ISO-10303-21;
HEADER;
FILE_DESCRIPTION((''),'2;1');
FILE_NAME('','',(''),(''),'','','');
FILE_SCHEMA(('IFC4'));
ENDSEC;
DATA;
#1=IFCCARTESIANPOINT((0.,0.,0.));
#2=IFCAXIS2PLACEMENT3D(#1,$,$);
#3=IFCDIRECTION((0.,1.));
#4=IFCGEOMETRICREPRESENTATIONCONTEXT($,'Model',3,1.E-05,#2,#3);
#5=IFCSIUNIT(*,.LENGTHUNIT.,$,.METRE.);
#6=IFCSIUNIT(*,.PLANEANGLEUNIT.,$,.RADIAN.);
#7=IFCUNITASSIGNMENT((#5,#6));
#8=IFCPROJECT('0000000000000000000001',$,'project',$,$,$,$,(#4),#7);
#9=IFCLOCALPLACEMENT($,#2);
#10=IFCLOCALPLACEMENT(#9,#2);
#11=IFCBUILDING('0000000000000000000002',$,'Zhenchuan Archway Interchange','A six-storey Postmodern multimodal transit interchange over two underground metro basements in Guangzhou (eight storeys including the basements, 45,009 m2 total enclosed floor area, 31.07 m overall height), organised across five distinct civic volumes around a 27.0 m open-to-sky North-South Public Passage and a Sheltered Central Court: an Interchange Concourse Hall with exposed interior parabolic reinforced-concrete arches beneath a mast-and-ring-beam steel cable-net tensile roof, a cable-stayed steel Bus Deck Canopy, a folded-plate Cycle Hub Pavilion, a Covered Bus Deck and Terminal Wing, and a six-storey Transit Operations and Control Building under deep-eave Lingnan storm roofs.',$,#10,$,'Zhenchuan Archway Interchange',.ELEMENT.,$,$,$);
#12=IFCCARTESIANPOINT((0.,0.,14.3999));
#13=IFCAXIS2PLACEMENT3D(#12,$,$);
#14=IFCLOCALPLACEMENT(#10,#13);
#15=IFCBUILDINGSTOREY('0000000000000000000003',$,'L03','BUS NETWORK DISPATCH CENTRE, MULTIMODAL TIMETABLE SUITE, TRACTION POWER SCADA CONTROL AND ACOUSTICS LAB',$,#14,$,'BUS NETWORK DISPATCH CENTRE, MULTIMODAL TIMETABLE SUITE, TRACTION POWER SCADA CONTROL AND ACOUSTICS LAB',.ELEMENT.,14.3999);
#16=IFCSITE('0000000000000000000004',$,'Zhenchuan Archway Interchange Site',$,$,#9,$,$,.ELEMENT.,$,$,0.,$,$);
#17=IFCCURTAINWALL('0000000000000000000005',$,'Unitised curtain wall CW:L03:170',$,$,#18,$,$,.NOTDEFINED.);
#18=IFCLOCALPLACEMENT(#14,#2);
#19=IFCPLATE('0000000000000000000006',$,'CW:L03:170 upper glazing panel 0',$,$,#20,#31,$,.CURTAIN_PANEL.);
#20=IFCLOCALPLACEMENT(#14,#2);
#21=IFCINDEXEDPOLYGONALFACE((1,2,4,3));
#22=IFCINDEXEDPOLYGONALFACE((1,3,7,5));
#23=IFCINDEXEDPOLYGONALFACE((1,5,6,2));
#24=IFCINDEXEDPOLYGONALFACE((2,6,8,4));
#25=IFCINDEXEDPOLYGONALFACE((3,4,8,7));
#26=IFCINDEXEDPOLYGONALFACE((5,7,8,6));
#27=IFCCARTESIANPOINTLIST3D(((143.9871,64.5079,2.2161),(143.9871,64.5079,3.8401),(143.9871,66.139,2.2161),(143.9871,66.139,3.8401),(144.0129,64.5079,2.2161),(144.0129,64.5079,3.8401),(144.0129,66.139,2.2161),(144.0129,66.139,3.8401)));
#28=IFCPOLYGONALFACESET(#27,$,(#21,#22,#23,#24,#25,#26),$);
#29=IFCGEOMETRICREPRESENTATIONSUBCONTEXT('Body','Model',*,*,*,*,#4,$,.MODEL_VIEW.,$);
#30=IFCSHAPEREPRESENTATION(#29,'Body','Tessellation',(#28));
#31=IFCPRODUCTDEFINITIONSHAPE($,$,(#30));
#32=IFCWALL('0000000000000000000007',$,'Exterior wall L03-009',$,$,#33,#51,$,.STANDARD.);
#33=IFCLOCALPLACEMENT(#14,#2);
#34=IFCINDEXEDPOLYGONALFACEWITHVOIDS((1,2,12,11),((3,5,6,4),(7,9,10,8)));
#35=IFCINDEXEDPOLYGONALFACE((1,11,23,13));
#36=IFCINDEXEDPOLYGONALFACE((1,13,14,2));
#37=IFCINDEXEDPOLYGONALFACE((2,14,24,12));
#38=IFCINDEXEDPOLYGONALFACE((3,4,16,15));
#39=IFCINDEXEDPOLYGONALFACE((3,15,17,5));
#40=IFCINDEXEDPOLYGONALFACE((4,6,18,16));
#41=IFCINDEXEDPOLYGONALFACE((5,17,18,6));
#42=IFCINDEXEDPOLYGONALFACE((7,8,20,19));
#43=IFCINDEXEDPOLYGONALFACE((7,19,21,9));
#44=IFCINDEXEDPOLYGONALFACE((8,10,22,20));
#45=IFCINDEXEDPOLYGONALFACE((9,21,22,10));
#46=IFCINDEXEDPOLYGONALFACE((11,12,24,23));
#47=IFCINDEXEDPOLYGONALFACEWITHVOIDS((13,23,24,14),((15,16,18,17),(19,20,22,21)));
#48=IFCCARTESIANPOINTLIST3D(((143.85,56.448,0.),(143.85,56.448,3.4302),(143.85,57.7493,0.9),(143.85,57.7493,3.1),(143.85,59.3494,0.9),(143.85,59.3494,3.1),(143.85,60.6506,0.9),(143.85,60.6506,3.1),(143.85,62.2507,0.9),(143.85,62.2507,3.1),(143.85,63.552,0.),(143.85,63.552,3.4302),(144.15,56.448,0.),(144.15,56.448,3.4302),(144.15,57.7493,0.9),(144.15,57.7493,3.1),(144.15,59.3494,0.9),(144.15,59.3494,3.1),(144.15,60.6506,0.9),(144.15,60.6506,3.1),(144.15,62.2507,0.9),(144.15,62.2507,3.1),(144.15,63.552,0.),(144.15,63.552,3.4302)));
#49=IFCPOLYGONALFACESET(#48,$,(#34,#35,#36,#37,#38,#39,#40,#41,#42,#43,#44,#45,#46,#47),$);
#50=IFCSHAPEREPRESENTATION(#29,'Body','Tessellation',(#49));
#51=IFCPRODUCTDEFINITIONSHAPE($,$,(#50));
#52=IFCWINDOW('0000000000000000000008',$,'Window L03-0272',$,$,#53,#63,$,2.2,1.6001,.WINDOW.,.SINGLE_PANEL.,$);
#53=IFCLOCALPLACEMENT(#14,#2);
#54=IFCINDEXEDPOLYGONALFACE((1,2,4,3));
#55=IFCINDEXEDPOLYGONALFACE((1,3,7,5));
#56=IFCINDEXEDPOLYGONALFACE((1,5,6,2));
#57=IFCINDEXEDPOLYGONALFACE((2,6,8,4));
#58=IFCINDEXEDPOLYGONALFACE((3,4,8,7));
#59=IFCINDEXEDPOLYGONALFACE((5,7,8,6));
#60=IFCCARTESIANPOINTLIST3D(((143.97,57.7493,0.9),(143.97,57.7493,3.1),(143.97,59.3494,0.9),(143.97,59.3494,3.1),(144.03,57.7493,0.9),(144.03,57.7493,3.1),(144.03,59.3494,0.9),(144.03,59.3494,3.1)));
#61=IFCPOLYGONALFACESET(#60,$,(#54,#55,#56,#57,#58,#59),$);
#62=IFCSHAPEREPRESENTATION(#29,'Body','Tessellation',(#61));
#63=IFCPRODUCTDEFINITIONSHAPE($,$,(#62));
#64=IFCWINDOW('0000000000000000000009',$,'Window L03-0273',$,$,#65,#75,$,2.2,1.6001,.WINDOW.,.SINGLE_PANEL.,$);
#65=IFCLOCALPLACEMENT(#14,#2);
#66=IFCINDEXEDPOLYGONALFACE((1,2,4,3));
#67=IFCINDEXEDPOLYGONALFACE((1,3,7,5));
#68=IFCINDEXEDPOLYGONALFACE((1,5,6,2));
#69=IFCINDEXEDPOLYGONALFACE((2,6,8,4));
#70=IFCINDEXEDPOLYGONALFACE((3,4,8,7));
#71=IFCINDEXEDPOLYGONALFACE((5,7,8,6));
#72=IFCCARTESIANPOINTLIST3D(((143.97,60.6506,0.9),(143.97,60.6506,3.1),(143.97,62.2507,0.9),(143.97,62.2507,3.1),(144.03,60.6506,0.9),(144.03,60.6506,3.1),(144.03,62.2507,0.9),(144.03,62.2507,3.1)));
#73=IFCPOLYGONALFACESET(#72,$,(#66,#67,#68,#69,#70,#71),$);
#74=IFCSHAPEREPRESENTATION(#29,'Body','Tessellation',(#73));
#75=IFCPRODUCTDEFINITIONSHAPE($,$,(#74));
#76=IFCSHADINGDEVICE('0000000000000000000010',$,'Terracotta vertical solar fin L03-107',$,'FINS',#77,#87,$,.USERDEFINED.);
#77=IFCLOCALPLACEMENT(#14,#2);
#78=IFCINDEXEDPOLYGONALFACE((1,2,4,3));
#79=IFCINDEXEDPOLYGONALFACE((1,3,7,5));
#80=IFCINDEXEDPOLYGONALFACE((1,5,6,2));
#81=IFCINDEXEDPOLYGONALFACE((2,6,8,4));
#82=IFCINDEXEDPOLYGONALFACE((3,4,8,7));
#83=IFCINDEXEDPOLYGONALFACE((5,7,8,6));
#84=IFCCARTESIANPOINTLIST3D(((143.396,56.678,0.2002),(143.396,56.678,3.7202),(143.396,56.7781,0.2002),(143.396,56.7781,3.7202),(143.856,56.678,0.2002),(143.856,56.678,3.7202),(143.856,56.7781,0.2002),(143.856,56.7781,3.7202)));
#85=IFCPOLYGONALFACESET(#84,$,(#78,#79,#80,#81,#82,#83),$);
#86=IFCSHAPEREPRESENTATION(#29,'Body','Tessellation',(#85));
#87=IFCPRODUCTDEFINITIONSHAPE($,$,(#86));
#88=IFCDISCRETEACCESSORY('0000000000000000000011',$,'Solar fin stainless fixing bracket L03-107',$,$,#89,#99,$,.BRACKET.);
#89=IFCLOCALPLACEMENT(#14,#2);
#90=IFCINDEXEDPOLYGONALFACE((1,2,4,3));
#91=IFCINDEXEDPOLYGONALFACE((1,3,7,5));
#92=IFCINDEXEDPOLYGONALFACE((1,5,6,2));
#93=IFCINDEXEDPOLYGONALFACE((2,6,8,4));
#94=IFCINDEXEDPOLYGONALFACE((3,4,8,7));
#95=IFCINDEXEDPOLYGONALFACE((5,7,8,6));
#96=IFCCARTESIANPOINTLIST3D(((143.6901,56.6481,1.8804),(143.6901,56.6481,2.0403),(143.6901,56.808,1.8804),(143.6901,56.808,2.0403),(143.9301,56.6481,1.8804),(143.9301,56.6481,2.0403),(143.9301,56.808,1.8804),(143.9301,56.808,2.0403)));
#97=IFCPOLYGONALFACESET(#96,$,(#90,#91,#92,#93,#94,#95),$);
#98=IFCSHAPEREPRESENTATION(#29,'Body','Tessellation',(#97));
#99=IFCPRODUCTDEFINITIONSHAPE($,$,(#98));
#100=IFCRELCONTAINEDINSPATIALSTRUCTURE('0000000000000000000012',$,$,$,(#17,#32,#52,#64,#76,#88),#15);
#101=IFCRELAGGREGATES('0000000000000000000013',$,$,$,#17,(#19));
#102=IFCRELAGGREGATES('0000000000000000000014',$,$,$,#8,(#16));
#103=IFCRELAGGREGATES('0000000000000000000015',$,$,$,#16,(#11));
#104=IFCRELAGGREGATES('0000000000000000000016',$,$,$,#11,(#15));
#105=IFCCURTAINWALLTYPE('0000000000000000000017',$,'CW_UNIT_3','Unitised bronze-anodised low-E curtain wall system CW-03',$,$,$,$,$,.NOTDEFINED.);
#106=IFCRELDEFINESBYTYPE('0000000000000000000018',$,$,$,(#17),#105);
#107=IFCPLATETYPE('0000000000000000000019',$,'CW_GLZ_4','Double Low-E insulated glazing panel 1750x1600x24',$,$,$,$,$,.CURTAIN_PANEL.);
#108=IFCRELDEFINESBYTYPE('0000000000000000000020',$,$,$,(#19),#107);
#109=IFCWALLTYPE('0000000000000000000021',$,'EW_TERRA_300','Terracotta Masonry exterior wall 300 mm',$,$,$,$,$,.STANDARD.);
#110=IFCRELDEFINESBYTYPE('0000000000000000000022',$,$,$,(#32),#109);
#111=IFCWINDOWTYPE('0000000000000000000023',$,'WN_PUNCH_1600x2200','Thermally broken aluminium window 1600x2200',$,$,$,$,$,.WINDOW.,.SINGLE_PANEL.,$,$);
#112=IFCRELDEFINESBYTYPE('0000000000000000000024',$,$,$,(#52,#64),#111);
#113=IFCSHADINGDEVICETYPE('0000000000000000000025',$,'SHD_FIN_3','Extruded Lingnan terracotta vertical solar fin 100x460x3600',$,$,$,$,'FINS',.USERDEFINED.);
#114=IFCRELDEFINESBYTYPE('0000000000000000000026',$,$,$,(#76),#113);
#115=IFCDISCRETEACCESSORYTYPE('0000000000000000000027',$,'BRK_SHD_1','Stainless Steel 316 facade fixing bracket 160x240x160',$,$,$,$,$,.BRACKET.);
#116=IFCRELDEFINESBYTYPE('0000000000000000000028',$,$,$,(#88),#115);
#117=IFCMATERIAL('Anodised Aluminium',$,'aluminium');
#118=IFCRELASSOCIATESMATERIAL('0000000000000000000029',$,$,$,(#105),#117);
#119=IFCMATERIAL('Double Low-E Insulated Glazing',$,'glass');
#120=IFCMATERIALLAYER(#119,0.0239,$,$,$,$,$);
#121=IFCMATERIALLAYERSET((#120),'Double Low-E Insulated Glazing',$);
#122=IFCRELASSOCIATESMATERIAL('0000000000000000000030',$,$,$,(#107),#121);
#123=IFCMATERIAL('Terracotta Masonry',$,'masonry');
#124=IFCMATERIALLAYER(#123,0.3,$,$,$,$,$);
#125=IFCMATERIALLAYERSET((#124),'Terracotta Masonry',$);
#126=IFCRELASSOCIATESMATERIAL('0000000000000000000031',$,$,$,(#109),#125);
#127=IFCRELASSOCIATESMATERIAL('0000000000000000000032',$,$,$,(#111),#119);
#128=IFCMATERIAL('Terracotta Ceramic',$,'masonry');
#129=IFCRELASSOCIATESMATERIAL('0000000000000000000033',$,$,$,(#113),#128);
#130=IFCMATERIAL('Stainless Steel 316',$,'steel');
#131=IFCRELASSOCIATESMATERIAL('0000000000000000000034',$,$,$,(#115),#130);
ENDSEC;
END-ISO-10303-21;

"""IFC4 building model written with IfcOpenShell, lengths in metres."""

from ifc_helpers import new_model, si_unit, direction, frame, frame_2d, origin, origin_2d, place, context, subcontext, project, spatial, rectangle, extrude, material, layer, layer_set, type_object, element, fill, aggregate, save


model = new_model("IFC4")

# Units and contexts
model_context = context("Model", 3, precision=1e-05, world=origin(), true_north=direction((0.0, 1.0)))
body_context = subcontext(model_context, "Body", "Model", "MODEL_VIEW")
ifc_project = project(units=[si_unit("LENGTHUNIT", "METRE"), si_unit("PLANEANGLEUNIT", "RADIAN")], contexts=[model_context])

# Site, building, storey
site_placement = place(None, origin())
site = spatial("IfcSite", under=ifc_project, at=site_placement, Name="Zhenchuan Archway Interchange Site", CompositionType="ELEMENT", RefElevation=0.0)
building_placement = place(site_placement, origin())
building = spatial("IfcBuilding", under=site, at=building_placement, Name="Zhenchuan Archway Interchange", Description="A six-storey Postmodern multimodal transit interchange over two underground metro basements in Guangzhou (eight storeys including the basements, 45,009 m2 total enclosed floor area, 31.07 m overall height), organised across five distinct civic volumes around a 27.0 m open-to-sky North-South Public Passage and a Sheltered Central Court: an Interchange Concourse Hall with exposed interior parabolic reinforced-concrete arches beneath a mast-and-ring-beam steel cable-net tensile roof, a cable-stayed steel Bus Deck Canopy, a folded-plate Cycle Hub Pavilion, a Covered Bus Deck and Terminal Wing, and a six-storey Transit Operations and Control Building under deep-eave Lingnan storm roofs.", LongName="Zhenchuan Archway Interchange", CompositionType="ELEMENT")
storey_placement = place(building_placement, frame((0.0, 0.0, 14.3999)))
storey = spatial("IfcBuildingStorey", under=building, at=storey_placement, Name="L03", Description="BUS NETWORK DISPATCH CENTRE, MULTIMODAL TIMETABLE SUITE, TRACTION POWER SCADA CONTROL AND ACOUSTICS LAB", LongName="BUS NETWORK DISPATCH CENTRE, MULTIMODAL TIMETABLE SUITE, TRACTION POWER SCADA CONTROL AND ACOUSTICS LAB", CompositionType="ELEMENT", Elevation=14.3999)

# Curtain wall
ifc_material_1 = material(Name="Anodised Aluminium", Category="aluminium")
curtain_wall_type = type_object("IfcCurtainWallType", Name="CW_UNIT_3", Description="Unitised bronze-anodised low-E curtain wall system CW-03", PredefinedType="NOTDEFINED", material=ifc_material_1)
curtain_wall_placement = place(storey_placement, origin())
curtain_wall = element("IfcCurtainWall", 1, at=curtain_wall_placement, inside=storey, type_object=curtain_wall_type, Name="Unitised curtain wall CW:L03:170", PredefinedType="NOTDEFINED")

# Plate
ifc_material_2 = material(Name="Double Low-E Insulated Glazing", Category="glass")
ifc_layer_1 = layer(ifc_material_2, 0.0239)
ifc_layer_set_1 = layer_set([ifc_layer_1], Name="Double Low-E Insulated Glazing")
plate_type_1 = type_object("IfcPlateType", Name="CW_GLZ_4", Description="Double Low-E insulated glazing panel 1750x1600x24", PredefinedType="CURTAIN_PANEL", material=ifc_layer_set_1)
plate_1_placement = place(storey_placement, frame((144.0, 65.3235, 2.2161), z_axis=(0.0, 0.0, 1.0), x_axis=(0.0, 1.0, 0.0)))
plate_1 = element("IfcPlate", 2, at=plate_1_placement, type_object=plate_type_1, Name="CW:L03:170 upper glazing panel 0", PredefinedType="CURTAIN_PANEL", context=body_context, shape_type="SweptSolid", body=[
    extrude(rectangle(XDim=1.6311, YDim=0.0259, at=origin_2d()), origin(), (0.0, 0.0, 1.0), 1.624),
])
aggregate(curtain_wall, [plate_1])

# Wall, openings, windows
ifc_material_3 = material(Name="Terracotta Masonry", Category="masonry")
ifc_layer_2 = layer(ifc_material_3, 0.3)
ifc_layer_set_2 = layer_set([ifc_layer_2], Name="Terracotta Masonry")
wall_type = type_object("IfcWallType", Name="EW_TERRA_300", Description="Terracotta Masonry exterior wall 300 mm", PredefinedType="STANDARD", material=ifc_layer_set_2)
wall_placement = place(storey_placement, frame((144.0, 56.448, 0.0), z_axis=(0.0, 0.0, 1.0), x_axis=(0.0, 1.0, 0.0)))
wall = element("IfcWall", 3, at=wall_placement, inside=storey, type_object=wall_type, Name="Exterior wall L03-009", PredefinedType="STANDARD", context=body_context, shape_type="SweptSolid", body=[
    extrude(rectangle(XDim=7.104, YDim=0.3, at=frame_2d((3.552, 0.0))), origin(), (0.0, 0.0, 1.0), 3.4302),
])
opening_1_placement = place(wall_placement, frame((1.3013, 0.0, 0.8999)))
opening_1 = element("IfcOpeningElement", 4, at=opening_1_placement, cuts=wall, PredefinedType="OPENING", context=body_context, shape_type="SweptSolid", body=[
    extrude(rectangle(XDim=1.6001, YDim=2.2, at=frame_2d((0.8, 1.1001))), frame((0.0, 0.1621, 0.0), z_axis=(0.0, -1.0, 0.0), x_axis=(1.0, 0.0, 0.0)), (0.0, 0.0, 1.0), 0.324),
])
opening_2_placement = place(wall_placement, frame((4.2026, 0.0, 0.8999)))
opening_2 = element("IfcOpeningElement", 5, at=opening_2_placement, cuts=wall, PredefinedType="OPENING", context=body_context, shape_type="SweptSolid", body=[
    extrude(rectangle(XDim=1.6001, YDim=2.2, at=frame_2d((0.8, 1.1001))), frame((0.0, 0.1621, 0.0), z_axis=(0.0, -1.0, 0.0), x_axis=(1.0, 0.0, 0.0)), (0.0, 0.0, 1.0), 0.324),
])
window_type = type_object("IfcWindowType", Name="WN_PUNCH_1600x2200", Description="Thermally broken aluminium window 1600x2200", PartitioningType="SINGLE_PANEL", PredefinedType="WINDOW", material=ifc_material_2)
window_1_placement = place(opening_1_placement, origin())
window_1 = element("IfcWindow", 6, at=window_1_placement, inside=storey, type_object=window_type, Name="Window L03-0272", OverallHeight=2.2, OverallWidth=1.6001, PartitioningType="SINGLE_PANEL", PredefinedType="WINDOW", context=body_context, shape_type="SweptSolid", body=[
    extrude(rectangle(XDim=1.6001, YDim=2.2, at=frame_2d((0.8, 1.1001))), frame((0.0, 0.03, 0.0), z_axis=(0.0, -1.0, 0.0), x_axis=(1.0, 0.0, 0.0)), (0.0, 0.0, 1.0), 0.0601),
])
fill(opening_1, window_1)
window_2_placement = place(opening_2_placement, origin())
window_2 = element("IfcWindow", 7, at=window_2_placement, inside=storey, type_object=window_type, Name="Window L03-0273", OverallHeight=2.2, OverallWidth=1.6001, PartitioningType="SINGLE_PANEL", PredefinedType="WINDOW", context=body_context, shape_type="SweptSolid", body=[
    extrude(rectangle(XDim=1.6001, YDim=2.2, at=frame_2d((0.8, 1.1001))), frame((0.0, 0.03, 0.0), z_axis=(0.0, -1.0, 0.0), x_axis=(1.0, 0.0, 0.0)), (0.0, 0.0, 1.0), 0.0601),
])
fill(opening_2, window_2)

# Shading device
ifc_material_4 = material(Name="Terracotta Ceramic", Category="masonry")
shading_device_type = type_object("IfcShadingDeviceType", Name="SHD_FIN_3", Description="Extruded Lingnan terracotta vertical solar fin 100x460x3600", ElementType="FINS", PredefinedType="USERDEFINED", material=ifc_material_4)
shading_device_placement = place(storey_placement, frame((143.626, 56.728, 0.2002), z_axis=(0.0, 0.0, 1.0), x_axis=(0.0, 1.0, 0.0)))
element("IfcShadingDevice", 8, at=shading_device_placement, inside=storey, type_object=shading_device_type, Name="Terracotta vertical solar fin L03-107", ObjectType="FINS", PredefinedType="USERDEFINED", context=body_context, shape_type="SweptSolid", body=[
    extrude(rectangle(XDim=0.1001, YDim=0.46, at=origin_2d()), origin(), (0.0, 0.0, 1.0), 3.52),
])

# Discrete accessory
ifc_material_5 = material(Name="Stainless Steel 316", Category="steel")
discrete_accessory_type = type_object("IfcDiscreteAccessoryType", Name="BRK_SHD_1", Description="Stainless Steel 316 facade fixing bracket 160x240x160", PredefinedType="BRACKET", material=ifc_material_5)
discrete_accessory_placement = place(storey_placement, frame((143.8101, 56.728, 1.8804), z_axis=(0.0, 0.0, 1.0), x_axis=(0.0, 1.0, 0.0)))
element("IfcDiscreteAccessory", 9, at=discrete_accessory_placement, inside=storey, type_object=discrete_accessory_type, Name="Solar fin stainless fixing bracket L03-107", PredefinedType="BRACKET", context=body_context, shape_type="SweptSolid", body=[
    extrude(rectangle(XDim=0.1599, YDim=0.24, at=origin_2d()), origin(), (0.0, 0.0, 1.0), 0.1599),
])

save(model, "model.ifc")
